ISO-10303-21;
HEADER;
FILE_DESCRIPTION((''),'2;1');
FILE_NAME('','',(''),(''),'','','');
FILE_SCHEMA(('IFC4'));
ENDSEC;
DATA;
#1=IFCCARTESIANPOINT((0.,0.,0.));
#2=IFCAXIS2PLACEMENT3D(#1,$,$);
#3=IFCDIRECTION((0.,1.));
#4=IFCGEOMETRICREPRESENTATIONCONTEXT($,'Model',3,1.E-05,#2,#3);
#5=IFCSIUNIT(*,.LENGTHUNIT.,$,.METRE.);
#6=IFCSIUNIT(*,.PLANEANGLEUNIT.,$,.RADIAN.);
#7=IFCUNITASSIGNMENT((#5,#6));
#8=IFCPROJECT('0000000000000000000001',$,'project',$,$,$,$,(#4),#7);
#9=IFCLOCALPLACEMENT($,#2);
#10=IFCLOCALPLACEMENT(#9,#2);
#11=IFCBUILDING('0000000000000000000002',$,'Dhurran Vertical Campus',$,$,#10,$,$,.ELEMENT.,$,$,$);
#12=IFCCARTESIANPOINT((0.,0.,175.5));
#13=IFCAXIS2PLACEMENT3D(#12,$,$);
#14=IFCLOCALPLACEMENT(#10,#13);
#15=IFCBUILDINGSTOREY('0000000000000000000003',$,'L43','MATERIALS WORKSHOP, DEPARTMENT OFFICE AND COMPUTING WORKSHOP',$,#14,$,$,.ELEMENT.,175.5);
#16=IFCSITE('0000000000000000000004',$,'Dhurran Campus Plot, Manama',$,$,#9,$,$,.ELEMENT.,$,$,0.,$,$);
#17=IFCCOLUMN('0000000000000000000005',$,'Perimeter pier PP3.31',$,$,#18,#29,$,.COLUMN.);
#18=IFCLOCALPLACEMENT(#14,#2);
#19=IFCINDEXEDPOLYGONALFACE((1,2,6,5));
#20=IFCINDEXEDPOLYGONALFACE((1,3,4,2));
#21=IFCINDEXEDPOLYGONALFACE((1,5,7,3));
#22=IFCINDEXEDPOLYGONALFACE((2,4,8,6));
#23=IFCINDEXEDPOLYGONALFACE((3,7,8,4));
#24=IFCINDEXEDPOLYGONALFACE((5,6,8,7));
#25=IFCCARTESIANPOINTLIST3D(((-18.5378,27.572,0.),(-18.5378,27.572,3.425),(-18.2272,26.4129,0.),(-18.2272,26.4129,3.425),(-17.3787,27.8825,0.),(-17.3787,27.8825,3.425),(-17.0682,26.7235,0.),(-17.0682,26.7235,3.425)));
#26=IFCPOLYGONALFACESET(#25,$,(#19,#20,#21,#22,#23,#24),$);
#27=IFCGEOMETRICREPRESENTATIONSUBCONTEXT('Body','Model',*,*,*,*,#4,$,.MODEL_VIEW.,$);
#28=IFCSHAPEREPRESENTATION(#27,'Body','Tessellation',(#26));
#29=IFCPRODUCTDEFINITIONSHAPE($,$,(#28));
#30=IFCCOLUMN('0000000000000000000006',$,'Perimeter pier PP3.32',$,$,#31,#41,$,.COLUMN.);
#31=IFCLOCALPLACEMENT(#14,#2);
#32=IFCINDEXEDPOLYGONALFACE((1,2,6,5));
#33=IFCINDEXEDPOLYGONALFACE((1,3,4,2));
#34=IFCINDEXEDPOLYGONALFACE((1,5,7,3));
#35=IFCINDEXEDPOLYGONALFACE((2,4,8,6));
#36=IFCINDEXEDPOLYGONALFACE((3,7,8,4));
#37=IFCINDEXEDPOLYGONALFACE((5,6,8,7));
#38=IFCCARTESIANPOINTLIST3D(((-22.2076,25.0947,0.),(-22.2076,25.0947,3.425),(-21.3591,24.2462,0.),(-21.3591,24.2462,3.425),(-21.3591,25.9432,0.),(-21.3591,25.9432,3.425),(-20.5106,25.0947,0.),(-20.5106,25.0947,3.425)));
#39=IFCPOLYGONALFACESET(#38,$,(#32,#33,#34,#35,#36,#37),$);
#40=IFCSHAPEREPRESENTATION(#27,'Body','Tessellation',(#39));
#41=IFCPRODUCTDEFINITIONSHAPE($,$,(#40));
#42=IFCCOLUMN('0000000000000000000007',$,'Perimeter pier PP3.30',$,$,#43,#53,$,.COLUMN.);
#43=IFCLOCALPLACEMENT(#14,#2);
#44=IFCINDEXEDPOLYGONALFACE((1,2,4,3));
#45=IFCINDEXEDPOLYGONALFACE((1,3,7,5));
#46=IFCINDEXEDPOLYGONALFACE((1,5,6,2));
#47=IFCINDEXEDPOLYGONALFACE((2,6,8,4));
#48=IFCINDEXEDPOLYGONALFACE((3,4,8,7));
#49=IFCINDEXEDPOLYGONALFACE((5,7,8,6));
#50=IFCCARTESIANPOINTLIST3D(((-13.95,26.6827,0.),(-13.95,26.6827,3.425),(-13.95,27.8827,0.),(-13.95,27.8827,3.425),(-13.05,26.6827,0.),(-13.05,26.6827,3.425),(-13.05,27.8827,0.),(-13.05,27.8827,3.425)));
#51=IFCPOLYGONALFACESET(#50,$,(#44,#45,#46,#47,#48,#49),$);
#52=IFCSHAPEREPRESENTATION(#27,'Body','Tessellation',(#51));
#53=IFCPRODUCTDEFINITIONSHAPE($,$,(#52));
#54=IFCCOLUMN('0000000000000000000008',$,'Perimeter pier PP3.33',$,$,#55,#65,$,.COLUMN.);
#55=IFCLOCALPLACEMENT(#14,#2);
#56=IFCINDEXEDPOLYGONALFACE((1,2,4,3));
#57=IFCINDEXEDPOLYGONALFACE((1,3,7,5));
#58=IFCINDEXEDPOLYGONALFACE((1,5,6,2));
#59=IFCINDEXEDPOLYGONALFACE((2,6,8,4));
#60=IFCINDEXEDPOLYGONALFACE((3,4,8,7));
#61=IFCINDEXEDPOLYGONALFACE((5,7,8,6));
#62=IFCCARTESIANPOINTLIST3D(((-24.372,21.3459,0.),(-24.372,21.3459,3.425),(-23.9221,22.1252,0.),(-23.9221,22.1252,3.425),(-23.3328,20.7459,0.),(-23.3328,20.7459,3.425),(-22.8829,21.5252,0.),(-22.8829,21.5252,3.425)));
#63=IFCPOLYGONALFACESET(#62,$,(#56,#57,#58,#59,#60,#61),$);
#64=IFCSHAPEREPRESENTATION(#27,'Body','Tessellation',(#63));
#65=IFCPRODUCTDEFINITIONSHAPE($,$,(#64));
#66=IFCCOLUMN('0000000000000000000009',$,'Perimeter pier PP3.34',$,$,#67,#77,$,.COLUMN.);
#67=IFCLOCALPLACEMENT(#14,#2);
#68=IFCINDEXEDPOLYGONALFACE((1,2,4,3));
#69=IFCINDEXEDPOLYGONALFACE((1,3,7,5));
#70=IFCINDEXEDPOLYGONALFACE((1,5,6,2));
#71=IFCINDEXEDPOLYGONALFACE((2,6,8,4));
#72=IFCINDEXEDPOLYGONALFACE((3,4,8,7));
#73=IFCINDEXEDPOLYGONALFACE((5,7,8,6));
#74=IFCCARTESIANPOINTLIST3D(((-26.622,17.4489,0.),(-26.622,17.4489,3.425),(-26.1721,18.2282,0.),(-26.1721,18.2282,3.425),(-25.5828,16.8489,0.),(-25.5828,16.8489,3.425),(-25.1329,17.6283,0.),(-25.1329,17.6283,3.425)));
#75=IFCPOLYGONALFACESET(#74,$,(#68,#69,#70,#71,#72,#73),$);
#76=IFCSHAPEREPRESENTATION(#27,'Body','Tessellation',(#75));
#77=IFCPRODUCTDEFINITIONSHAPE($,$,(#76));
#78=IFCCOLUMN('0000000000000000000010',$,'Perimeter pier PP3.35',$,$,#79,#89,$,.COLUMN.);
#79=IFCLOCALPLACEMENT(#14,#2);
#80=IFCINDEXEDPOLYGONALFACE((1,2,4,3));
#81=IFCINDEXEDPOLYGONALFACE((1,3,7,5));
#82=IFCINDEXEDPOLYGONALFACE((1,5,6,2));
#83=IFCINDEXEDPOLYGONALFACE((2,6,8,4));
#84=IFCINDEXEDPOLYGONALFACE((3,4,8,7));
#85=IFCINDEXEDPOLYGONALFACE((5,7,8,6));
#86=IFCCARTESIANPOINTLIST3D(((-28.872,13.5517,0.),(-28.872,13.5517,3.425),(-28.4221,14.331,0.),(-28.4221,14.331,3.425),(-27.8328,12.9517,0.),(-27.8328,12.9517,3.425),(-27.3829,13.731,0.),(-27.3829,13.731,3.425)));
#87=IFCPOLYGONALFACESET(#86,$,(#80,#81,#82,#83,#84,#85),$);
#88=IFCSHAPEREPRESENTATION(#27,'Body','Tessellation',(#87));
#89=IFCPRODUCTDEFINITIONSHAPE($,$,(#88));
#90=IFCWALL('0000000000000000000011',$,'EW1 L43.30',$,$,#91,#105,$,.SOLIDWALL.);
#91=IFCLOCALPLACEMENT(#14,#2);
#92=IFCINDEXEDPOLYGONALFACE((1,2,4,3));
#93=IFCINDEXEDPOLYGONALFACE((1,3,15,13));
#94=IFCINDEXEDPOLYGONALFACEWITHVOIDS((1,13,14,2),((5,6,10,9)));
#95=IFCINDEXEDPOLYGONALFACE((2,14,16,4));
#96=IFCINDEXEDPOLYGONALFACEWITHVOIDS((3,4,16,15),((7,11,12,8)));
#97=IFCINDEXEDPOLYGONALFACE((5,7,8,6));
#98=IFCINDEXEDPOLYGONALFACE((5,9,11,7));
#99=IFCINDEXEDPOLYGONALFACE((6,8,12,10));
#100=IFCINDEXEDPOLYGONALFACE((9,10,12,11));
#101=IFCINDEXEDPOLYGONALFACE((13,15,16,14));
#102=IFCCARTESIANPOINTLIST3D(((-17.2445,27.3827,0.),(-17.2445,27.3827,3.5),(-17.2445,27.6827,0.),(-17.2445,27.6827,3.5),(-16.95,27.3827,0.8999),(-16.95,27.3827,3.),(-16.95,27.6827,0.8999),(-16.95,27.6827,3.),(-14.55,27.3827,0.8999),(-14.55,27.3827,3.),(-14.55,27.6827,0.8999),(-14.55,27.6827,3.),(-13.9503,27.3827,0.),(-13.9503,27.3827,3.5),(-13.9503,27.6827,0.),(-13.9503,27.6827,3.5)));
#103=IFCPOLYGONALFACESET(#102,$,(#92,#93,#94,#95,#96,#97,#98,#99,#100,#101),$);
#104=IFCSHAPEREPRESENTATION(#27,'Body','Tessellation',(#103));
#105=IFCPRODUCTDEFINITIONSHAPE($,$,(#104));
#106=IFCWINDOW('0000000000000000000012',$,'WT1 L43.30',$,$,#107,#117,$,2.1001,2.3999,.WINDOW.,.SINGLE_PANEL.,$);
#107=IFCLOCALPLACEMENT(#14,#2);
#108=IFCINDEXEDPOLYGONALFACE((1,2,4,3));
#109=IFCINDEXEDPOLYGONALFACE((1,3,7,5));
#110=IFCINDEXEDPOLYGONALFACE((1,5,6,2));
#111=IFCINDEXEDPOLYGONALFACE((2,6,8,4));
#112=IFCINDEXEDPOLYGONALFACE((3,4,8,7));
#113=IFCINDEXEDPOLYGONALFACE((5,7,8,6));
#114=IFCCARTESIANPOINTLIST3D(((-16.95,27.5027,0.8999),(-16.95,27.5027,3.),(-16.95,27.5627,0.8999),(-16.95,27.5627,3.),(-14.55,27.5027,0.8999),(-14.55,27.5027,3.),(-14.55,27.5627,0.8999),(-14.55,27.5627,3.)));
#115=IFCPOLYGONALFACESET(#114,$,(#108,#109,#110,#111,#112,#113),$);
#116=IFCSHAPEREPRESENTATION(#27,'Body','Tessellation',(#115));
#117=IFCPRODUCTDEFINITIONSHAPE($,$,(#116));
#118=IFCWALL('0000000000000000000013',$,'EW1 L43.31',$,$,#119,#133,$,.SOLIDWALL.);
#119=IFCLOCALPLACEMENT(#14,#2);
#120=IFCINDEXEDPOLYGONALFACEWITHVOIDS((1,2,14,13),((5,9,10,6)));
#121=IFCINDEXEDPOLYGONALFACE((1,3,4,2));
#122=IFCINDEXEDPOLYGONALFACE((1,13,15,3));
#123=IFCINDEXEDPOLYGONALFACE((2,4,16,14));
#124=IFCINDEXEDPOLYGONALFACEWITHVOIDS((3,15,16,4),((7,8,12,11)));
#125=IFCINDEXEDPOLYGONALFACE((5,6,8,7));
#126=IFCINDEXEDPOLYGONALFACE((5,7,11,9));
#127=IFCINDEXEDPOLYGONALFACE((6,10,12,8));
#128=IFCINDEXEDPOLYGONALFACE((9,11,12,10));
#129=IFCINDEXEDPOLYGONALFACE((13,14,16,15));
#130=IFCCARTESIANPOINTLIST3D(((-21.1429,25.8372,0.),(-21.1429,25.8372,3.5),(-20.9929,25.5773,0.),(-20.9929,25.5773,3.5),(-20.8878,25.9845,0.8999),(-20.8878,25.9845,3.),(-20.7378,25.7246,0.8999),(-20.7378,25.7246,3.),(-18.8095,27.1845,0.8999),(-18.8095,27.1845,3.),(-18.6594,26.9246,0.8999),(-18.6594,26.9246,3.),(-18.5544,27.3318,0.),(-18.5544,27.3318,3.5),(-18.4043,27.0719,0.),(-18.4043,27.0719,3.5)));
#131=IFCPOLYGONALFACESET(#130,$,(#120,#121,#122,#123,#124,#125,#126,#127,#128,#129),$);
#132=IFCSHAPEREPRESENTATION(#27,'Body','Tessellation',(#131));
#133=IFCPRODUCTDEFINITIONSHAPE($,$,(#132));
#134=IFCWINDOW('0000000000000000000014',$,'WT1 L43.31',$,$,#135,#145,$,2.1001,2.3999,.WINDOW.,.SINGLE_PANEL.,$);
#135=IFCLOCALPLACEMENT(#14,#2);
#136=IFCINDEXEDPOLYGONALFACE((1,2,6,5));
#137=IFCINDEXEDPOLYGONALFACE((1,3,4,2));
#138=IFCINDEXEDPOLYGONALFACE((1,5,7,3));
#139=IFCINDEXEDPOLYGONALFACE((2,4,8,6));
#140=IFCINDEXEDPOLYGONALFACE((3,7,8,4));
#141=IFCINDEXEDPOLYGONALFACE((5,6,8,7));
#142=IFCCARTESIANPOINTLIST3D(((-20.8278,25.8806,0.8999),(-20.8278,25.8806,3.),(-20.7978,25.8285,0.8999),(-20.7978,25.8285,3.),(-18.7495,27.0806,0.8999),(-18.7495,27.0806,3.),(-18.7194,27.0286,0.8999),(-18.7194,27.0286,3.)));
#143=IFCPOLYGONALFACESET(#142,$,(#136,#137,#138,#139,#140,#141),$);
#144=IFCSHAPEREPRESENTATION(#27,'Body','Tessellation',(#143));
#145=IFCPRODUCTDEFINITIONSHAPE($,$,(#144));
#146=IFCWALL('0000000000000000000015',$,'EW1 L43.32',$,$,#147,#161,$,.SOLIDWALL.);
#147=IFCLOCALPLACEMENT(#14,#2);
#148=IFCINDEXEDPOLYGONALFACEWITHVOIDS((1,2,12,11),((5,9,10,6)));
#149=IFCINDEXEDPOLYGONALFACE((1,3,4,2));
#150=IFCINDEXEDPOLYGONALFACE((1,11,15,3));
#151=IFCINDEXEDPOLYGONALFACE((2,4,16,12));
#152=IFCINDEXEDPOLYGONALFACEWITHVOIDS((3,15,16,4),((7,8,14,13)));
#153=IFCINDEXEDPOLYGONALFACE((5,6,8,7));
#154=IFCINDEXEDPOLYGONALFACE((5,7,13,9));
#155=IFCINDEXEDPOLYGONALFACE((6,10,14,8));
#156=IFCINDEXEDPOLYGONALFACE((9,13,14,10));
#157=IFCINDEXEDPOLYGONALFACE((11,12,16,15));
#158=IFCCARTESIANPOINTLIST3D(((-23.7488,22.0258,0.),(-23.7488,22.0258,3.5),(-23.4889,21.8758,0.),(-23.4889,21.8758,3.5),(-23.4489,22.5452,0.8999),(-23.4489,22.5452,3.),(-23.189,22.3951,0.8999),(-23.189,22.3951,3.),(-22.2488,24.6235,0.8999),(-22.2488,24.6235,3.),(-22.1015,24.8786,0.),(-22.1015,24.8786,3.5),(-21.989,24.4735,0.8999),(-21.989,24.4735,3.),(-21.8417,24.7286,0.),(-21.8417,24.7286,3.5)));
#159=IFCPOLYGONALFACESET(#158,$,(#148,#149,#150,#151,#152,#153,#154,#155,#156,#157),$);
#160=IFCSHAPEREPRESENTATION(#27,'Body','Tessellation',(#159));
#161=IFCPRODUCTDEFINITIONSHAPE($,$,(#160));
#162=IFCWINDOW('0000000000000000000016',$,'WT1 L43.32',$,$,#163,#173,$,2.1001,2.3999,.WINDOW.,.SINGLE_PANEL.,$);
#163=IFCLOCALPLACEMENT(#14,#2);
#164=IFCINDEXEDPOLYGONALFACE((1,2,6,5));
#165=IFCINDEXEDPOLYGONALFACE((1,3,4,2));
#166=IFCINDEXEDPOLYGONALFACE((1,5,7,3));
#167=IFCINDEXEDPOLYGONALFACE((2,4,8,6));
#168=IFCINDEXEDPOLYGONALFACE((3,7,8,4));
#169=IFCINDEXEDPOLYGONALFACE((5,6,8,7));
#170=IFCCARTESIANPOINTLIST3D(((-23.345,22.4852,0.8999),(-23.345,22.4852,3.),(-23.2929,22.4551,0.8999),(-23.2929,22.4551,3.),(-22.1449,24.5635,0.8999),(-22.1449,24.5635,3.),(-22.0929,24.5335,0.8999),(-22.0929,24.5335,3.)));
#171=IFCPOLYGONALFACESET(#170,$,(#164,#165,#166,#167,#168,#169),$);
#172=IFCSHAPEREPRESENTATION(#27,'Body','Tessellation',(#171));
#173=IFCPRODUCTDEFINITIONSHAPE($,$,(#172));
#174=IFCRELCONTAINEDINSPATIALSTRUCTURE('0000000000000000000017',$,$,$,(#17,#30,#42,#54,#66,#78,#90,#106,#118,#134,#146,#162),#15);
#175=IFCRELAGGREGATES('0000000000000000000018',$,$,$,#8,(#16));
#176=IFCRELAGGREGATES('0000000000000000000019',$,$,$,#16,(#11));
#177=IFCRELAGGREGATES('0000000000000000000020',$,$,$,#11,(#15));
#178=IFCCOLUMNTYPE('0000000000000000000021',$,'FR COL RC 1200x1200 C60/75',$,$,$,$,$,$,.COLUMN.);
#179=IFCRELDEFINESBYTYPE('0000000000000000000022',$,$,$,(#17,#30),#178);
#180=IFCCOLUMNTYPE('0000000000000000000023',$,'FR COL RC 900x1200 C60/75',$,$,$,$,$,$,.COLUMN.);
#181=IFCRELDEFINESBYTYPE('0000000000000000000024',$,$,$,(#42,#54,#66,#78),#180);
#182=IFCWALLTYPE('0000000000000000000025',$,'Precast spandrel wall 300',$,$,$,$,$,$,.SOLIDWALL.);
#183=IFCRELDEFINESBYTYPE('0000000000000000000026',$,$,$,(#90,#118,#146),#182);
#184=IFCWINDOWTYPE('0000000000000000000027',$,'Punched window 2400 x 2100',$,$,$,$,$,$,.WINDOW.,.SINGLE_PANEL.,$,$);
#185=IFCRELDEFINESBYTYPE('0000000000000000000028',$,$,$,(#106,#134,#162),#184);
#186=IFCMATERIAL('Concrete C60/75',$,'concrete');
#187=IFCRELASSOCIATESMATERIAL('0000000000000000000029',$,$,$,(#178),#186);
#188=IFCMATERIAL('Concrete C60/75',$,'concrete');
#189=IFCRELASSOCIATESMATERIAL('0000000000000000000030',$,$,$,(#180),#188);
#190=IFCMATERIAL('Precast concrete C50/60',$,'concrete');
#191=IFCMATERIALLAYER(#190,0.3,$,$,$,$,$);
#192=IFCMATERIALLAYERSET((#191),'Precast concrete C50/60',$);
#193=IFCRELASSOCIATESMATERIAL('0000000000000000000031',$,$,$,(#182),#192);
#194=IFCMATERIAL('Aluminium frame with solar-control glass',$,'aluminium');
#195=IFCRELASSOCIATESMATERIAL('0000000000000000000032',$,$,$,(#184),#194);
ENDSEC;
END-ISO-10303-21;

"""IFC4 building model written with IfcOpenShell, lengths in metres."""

from ifc_helpers import new_model, si_unit, direction, frame, frame_2d, origin, origin_2d, place, context, subcontext, project, spatial, rectangle, extrude, material, layer, layer_set, material_profile, profile_set, type_object, element, fill, save


model = new_model("IFC4")

# Units and contexts
model_context = context("Model", 3, precision=1e-05, world=origin(), true_north=direction((0.0, 1.0)))
body_context = subcontext(model_context, "Body", "Model", "MODEL_VIEW")
ifc_project = project(units=[si_unit("LENGTHUNIT", "METRE"), si_unit("PLANEANGLEUNIT", "RADIAN")], contexts=[model_context])

# Site, building, storey
site_placement = place(None, origin())
site = spatial("IfcSite", under=ifc_project, at=site_placement, Name="Dhurran Campus Plot, Manama", CompositionType="ELEMENT", RefElevation=0.0)
building_placement = place(site_placement, origin())
building = spatial("IfcBuilding", under=site, at=building_placement, Name="Dhurran Vertical Campus", CompositionType="ELEMENT")
storey_placement = place(building_placement, frame((0.0, 0.0, 175.5)))
storey = spatial("IfcBuildingStorey", under=building, at=storey_placement, Name="L43", Description="MATERIALS WORKSHOP, DEPARTMENT OFFICE AND COMPUTING WORKSHOP", CompositionType="ELEMENT", Elevation=175.5)

# Columns
ifc_material_1 = material(Name="Concrete C60/75", Category="concrete")
ifc_material_profile_1 = material_profile(ifc_material_1, rectangle(XDim=1.2, YDim=1.2, at=origin_2d()), Name="RC 1200x1200")
ifc_profile_set_1 = profile_set([ifc_material_profile_1], Name="Concrete C60/75")
column_type_1 = type_object("IfcColumnType", Name="FR COL RC 1200x1200 C60/75", PredefinedType="COLUMN", material=ifc_profile_set_1)
for number, where, z_axis, x_axis, name in (
    (1, (-17.803, 27.1477, 0.0), (0.0, 0.0, 1.0), (-0.965926, -0.258819, 0.0), "Perimeter pier PP3.31"),
    (2, (-21.3591, 25.0947, 0.0), (0.0, 0.0, 1.0), (-0.707107, -0.707107, 0.0), "Perimeter pier PP3.32"),
):
    element("IfcColumn", number, at=place(storey_placement, frame(where, z_axis=z_axis, x_axis=x_axis)), inside=storey, type_object=column_type_1, Name=name, PredefinedType="COLUMN", context=body_context, shape_type="SweptSolid", body=[
        extrude(rectangle(XDim=1.2, YDim=1.2, at=origin_2d()), origin(), (0.0, 0.0, 1.0), 3.425),
    ])
ifc_material_2 = material(Name="Concrete C60/75", Category="concrete")
ifc_material_profile_2 = material_profile(ifc_material_2, rectangle(XDim=0.8999, YDim=1.2, at=origin_2d()), Name="RC 900x1200")
ifc_profile_set_2 = profile_set([ifc_material_profile_2], Name="Concrete C60/75")
column_type_2 = type_object("IfcColumnType", Name="FR COL RC 900x1200 C60/75", PredefinedType="COLUMN", material=ifc_profile_set_2)
for number, where, z_axis, x_axis, name in (
    (3, (-13.5, 27.2827, 0.0), (0.0, 0.0, 1.0), (-1.0, 0.0, 0.0), "Perimeter pier PP3.30"),
    (4, (-23.6274, 21.4355, 0.0), (0.0, 0.0, 1.0), (-0.5, -0.866025, 0.0), "Perimeter pier PP3.33"),
    (5, (-25.8774, 17.5386, 0.0), (0.0, 0.0, 1.0), (-0.5, -0.866025, 0.0), "Perimeter pier PP3.34"),
    (6, (-28.1274, 13.6414, 0.0), (0.0, 0.0, 1.0), (-0.5, -0.866025, 0.0), "Perimeter pier PP3.35"),
):
    element("IfcColumn", number, at=place(storey_placement, frame(where, z_axis=z_axis, x_axis=x_axis)), inside=storey, type_object=column_type_2, Name=name, PredefinedType="COLUMN", context=body_context, shape_type="SweptSolid", body=[
        extrude(rectangle(XDim=0.8999, YDim=1.2, at=origin_2d()), origin(), (0.0, 0.0, 1.0), 3.425),
    ])

# Walls, openings, windows
ifc_material_3 = material(Name="Precast concrete C50/60", Category="concrete")
ifc_layer_1 = layer(ifc_material_3, 0.3)
ifc_layer_set_1 = layer_set([ifc_layer_1], Name="Precast concrete C50/60")
wall_type_1 = type_object("IfcWallType", Name="Precast spandrel wall 300", PredefinedType="SOLIDWALL", material=ifc_layer_set_1)
wall_1_placement = place(storey_placement, frame((-13.9504, 27.5327, 0.0), z_axis=(0.0, 0.0, 1.0), x_axis=(-1.0, 0.0, 0.0)))
wall_1 = element("IfcWall", 7, at=wall_1_placement, inside=storey, type_object=wall_type_1, Name="EW1 L43.30", PredefinedType="SOLIDWALL", context=body_context, shape_type="SweptSolid", body=[
    extrude(rectangle(XDim=3.2942, YDim=0.3, at=frame_2d((1.647, 0.0))), origin(), (0.0, 0.0, 1.0), 3.5),
])
opening_1_placement = place(wall_1_placement, frame((0.5996, 0.0, 0.8999)))
opening_1 = element("IfcOpeningElement", 8, at=opening_1_placement, cuts=wall_1, PredefinedType="OPENING", context=body_context, shape_type="SweptSolid", body=[
    extrude(rectangle(XDim=2.3999, YDim=2.1001, at=frame_2d((1.2, 1.05))), frame((0.0, 0.1599, 0.0), z_axis=(0.0, -1.0, 0.0), x_axis=(1.0, 0.0, 0.0)), (0.0, 0.0, 1.0), 0.3201),
])
ifc_material_4 = material(Name="Aluminium frame with solar-control glass", Category="aluminium")
window_type = type_object("IfcWindowType", Name="Punched window 2400 x 2100", PartitioningType="SINGLE_PANEL", PredefinedType="WINDOW", material=ifc_material_4)
window_1_placement = place(opening_1_placement, origin())
window_1 = element("IfcWindow", 9, at=window_1_placement, inside=storey, type_object=window_type, Name="WT1 L43.30", OverallHeight=2.1001, OverallWidth=2.3999, PartitioningType="SINGLE_PANEL", PredefinedType="WINDOW", context=body_context, shape_type="SweptSolid", body=[
    extrude(rectangle(XDim=2.3999, YDim=2.1001, at=frame_2d((1.2, 1.05))), frame((0.0, 0.03, 0.0), z_axis=(0.0, -1.0, 0.0), x_axis=(1.0, 0.0, 0.0)), (0.0, 0.0, 1.0), 0.0601),
])
fill(opening_1, window_1)
wall_2_placement = place(storey_placement, frame((-18.4792, 27.2019, 0.0), z_axis=(0.0, 0.0, 1.0), x_axis=(-0.866013, -0.500022, 0.0)))
wall_2 = element("IfcWall", 10, at=wall_2_placement, inside=storey, type_object=wall_type_1, Name="EW1 L43.31", PredefinedType="SOLIDWALL", context=body_context, shape_type="SweptSolid", body=[
    extrude(rectangle(XDim=2.989, YDim=0.3, at=frame_2d((1.4946, 0.0))), origin(), (0.0, 0.0, 1.0), 3.5),
])
opening_2_placement = place(wall_2_placement, frame((0.2947, 0.0, 0.8999)))
opening_2 = element("IfcOpeningElement", 11, at=opening_2_placement, cuts=wall_2, PredefinedType="OPENING", context=body_context, shape_type="SweptSolid", body=[
    extrude(rectangle(XDim=2.3999, YDim=2.1001, at=frame_2d((1.2, 1.05))), frame((0.0, 0.1599, 0.0), z_axis=(0.0, -1.0, 0.0), x_axis=(1.0, 0.0, 0.0)), (0.0, 0.0, 1.0), 0.3201),
])
window_2_placement = place(opening_2_placement, origin())
window_2 = element("IfcWindow", 12, at=window_2_placement, inside=storey, type_object=window_type, Name="WT1 L43.31", OverallHeight=2.1001, OverallWidth=2.3999, PartitioningType="SINGLE_PANEL", PredefinedType="WINDOW", context=body_context, shape_type="SweptSolid", body=[
    extrude(rectangle(XDim=2.3999, YDim=2.1001, at=frame_2d((1.2, 1.05))), frame((0.0, 0.03, 0.0), z_axis=(0.0, -1.0, 0.0), x_axis=(1.0, 0.0, 0.0)), (0.0, 0.0, 1.0), 0.0601),
])
fill(opening_2, window_2)
wall_3_placement = place(storey_placement, frame((-21.9717, 24.8035, 0.0), z_axis=(0.0, 0.0, 1.0), x_axis=(-0.500037, -0.866004, 0.0)))
wall_3 = element("IfcWall", 13, at=wall_3_placement, inside=storey, type_object=wall_type_1, Name="EW1 L43.32", PredefinedType="SOLIDWALL", context=body_context, shape_type="SweptSolid", body=[
    extrude(rectangle(XDim=3.2942, YDim=0.3, at=frame_2d((1.647, 0.0))), origin(), (0.0, 0.0, 1.0), 3.5),
])
opening_3_placement = place(wall_3_placement, frame((0.2944, 0.0, 0.8999)))
opening_3 = element("IfcOpeningElement", 14, at=opening_3_placement, cuts=wall_3, PredefinedType="OPENING", context=body_context, shape_type="SweptSolid", body=[
    extrude(rectangle(XDim=2.3999, YDim=2.1001, at=frame_2d((1.2, 1.05))), frame((0.0, 0.1599, 0.0), z_axis=(0.0, -1.0, 0.0), x_axis=(1.0, 0.0, 0.0)), (0.0, 0.0, 1.0), 0.3201),
])
window_3_placement = place(opening_3_placement, origin())
window_3 = element("IfcWindow", 15, at=window_3_placement, inside=storey, type_object=window_type, Name="WT1 L43.32", OverallHeight=2.1001, OverallWidth=2.3999, PartitioningType="SINGLE_PANEL", PredefinedType="WINDOW", context=body_context, shape_type="SweptSolid", body=[
    extrude(rectangle(XDim=2.3999, YDim=2.1001, at=frame_2d((1.2, 1.05))), frame((0.0, 0.03, 0.0), z_axis=(0.0, -1.0, 0.0), x_axis=(1.0, 0.0, 0.0)), (0.0, 0.0, 1.0), 0.0601),
])
fill(opening_3, window_3)

save(model, "model.ifc")
